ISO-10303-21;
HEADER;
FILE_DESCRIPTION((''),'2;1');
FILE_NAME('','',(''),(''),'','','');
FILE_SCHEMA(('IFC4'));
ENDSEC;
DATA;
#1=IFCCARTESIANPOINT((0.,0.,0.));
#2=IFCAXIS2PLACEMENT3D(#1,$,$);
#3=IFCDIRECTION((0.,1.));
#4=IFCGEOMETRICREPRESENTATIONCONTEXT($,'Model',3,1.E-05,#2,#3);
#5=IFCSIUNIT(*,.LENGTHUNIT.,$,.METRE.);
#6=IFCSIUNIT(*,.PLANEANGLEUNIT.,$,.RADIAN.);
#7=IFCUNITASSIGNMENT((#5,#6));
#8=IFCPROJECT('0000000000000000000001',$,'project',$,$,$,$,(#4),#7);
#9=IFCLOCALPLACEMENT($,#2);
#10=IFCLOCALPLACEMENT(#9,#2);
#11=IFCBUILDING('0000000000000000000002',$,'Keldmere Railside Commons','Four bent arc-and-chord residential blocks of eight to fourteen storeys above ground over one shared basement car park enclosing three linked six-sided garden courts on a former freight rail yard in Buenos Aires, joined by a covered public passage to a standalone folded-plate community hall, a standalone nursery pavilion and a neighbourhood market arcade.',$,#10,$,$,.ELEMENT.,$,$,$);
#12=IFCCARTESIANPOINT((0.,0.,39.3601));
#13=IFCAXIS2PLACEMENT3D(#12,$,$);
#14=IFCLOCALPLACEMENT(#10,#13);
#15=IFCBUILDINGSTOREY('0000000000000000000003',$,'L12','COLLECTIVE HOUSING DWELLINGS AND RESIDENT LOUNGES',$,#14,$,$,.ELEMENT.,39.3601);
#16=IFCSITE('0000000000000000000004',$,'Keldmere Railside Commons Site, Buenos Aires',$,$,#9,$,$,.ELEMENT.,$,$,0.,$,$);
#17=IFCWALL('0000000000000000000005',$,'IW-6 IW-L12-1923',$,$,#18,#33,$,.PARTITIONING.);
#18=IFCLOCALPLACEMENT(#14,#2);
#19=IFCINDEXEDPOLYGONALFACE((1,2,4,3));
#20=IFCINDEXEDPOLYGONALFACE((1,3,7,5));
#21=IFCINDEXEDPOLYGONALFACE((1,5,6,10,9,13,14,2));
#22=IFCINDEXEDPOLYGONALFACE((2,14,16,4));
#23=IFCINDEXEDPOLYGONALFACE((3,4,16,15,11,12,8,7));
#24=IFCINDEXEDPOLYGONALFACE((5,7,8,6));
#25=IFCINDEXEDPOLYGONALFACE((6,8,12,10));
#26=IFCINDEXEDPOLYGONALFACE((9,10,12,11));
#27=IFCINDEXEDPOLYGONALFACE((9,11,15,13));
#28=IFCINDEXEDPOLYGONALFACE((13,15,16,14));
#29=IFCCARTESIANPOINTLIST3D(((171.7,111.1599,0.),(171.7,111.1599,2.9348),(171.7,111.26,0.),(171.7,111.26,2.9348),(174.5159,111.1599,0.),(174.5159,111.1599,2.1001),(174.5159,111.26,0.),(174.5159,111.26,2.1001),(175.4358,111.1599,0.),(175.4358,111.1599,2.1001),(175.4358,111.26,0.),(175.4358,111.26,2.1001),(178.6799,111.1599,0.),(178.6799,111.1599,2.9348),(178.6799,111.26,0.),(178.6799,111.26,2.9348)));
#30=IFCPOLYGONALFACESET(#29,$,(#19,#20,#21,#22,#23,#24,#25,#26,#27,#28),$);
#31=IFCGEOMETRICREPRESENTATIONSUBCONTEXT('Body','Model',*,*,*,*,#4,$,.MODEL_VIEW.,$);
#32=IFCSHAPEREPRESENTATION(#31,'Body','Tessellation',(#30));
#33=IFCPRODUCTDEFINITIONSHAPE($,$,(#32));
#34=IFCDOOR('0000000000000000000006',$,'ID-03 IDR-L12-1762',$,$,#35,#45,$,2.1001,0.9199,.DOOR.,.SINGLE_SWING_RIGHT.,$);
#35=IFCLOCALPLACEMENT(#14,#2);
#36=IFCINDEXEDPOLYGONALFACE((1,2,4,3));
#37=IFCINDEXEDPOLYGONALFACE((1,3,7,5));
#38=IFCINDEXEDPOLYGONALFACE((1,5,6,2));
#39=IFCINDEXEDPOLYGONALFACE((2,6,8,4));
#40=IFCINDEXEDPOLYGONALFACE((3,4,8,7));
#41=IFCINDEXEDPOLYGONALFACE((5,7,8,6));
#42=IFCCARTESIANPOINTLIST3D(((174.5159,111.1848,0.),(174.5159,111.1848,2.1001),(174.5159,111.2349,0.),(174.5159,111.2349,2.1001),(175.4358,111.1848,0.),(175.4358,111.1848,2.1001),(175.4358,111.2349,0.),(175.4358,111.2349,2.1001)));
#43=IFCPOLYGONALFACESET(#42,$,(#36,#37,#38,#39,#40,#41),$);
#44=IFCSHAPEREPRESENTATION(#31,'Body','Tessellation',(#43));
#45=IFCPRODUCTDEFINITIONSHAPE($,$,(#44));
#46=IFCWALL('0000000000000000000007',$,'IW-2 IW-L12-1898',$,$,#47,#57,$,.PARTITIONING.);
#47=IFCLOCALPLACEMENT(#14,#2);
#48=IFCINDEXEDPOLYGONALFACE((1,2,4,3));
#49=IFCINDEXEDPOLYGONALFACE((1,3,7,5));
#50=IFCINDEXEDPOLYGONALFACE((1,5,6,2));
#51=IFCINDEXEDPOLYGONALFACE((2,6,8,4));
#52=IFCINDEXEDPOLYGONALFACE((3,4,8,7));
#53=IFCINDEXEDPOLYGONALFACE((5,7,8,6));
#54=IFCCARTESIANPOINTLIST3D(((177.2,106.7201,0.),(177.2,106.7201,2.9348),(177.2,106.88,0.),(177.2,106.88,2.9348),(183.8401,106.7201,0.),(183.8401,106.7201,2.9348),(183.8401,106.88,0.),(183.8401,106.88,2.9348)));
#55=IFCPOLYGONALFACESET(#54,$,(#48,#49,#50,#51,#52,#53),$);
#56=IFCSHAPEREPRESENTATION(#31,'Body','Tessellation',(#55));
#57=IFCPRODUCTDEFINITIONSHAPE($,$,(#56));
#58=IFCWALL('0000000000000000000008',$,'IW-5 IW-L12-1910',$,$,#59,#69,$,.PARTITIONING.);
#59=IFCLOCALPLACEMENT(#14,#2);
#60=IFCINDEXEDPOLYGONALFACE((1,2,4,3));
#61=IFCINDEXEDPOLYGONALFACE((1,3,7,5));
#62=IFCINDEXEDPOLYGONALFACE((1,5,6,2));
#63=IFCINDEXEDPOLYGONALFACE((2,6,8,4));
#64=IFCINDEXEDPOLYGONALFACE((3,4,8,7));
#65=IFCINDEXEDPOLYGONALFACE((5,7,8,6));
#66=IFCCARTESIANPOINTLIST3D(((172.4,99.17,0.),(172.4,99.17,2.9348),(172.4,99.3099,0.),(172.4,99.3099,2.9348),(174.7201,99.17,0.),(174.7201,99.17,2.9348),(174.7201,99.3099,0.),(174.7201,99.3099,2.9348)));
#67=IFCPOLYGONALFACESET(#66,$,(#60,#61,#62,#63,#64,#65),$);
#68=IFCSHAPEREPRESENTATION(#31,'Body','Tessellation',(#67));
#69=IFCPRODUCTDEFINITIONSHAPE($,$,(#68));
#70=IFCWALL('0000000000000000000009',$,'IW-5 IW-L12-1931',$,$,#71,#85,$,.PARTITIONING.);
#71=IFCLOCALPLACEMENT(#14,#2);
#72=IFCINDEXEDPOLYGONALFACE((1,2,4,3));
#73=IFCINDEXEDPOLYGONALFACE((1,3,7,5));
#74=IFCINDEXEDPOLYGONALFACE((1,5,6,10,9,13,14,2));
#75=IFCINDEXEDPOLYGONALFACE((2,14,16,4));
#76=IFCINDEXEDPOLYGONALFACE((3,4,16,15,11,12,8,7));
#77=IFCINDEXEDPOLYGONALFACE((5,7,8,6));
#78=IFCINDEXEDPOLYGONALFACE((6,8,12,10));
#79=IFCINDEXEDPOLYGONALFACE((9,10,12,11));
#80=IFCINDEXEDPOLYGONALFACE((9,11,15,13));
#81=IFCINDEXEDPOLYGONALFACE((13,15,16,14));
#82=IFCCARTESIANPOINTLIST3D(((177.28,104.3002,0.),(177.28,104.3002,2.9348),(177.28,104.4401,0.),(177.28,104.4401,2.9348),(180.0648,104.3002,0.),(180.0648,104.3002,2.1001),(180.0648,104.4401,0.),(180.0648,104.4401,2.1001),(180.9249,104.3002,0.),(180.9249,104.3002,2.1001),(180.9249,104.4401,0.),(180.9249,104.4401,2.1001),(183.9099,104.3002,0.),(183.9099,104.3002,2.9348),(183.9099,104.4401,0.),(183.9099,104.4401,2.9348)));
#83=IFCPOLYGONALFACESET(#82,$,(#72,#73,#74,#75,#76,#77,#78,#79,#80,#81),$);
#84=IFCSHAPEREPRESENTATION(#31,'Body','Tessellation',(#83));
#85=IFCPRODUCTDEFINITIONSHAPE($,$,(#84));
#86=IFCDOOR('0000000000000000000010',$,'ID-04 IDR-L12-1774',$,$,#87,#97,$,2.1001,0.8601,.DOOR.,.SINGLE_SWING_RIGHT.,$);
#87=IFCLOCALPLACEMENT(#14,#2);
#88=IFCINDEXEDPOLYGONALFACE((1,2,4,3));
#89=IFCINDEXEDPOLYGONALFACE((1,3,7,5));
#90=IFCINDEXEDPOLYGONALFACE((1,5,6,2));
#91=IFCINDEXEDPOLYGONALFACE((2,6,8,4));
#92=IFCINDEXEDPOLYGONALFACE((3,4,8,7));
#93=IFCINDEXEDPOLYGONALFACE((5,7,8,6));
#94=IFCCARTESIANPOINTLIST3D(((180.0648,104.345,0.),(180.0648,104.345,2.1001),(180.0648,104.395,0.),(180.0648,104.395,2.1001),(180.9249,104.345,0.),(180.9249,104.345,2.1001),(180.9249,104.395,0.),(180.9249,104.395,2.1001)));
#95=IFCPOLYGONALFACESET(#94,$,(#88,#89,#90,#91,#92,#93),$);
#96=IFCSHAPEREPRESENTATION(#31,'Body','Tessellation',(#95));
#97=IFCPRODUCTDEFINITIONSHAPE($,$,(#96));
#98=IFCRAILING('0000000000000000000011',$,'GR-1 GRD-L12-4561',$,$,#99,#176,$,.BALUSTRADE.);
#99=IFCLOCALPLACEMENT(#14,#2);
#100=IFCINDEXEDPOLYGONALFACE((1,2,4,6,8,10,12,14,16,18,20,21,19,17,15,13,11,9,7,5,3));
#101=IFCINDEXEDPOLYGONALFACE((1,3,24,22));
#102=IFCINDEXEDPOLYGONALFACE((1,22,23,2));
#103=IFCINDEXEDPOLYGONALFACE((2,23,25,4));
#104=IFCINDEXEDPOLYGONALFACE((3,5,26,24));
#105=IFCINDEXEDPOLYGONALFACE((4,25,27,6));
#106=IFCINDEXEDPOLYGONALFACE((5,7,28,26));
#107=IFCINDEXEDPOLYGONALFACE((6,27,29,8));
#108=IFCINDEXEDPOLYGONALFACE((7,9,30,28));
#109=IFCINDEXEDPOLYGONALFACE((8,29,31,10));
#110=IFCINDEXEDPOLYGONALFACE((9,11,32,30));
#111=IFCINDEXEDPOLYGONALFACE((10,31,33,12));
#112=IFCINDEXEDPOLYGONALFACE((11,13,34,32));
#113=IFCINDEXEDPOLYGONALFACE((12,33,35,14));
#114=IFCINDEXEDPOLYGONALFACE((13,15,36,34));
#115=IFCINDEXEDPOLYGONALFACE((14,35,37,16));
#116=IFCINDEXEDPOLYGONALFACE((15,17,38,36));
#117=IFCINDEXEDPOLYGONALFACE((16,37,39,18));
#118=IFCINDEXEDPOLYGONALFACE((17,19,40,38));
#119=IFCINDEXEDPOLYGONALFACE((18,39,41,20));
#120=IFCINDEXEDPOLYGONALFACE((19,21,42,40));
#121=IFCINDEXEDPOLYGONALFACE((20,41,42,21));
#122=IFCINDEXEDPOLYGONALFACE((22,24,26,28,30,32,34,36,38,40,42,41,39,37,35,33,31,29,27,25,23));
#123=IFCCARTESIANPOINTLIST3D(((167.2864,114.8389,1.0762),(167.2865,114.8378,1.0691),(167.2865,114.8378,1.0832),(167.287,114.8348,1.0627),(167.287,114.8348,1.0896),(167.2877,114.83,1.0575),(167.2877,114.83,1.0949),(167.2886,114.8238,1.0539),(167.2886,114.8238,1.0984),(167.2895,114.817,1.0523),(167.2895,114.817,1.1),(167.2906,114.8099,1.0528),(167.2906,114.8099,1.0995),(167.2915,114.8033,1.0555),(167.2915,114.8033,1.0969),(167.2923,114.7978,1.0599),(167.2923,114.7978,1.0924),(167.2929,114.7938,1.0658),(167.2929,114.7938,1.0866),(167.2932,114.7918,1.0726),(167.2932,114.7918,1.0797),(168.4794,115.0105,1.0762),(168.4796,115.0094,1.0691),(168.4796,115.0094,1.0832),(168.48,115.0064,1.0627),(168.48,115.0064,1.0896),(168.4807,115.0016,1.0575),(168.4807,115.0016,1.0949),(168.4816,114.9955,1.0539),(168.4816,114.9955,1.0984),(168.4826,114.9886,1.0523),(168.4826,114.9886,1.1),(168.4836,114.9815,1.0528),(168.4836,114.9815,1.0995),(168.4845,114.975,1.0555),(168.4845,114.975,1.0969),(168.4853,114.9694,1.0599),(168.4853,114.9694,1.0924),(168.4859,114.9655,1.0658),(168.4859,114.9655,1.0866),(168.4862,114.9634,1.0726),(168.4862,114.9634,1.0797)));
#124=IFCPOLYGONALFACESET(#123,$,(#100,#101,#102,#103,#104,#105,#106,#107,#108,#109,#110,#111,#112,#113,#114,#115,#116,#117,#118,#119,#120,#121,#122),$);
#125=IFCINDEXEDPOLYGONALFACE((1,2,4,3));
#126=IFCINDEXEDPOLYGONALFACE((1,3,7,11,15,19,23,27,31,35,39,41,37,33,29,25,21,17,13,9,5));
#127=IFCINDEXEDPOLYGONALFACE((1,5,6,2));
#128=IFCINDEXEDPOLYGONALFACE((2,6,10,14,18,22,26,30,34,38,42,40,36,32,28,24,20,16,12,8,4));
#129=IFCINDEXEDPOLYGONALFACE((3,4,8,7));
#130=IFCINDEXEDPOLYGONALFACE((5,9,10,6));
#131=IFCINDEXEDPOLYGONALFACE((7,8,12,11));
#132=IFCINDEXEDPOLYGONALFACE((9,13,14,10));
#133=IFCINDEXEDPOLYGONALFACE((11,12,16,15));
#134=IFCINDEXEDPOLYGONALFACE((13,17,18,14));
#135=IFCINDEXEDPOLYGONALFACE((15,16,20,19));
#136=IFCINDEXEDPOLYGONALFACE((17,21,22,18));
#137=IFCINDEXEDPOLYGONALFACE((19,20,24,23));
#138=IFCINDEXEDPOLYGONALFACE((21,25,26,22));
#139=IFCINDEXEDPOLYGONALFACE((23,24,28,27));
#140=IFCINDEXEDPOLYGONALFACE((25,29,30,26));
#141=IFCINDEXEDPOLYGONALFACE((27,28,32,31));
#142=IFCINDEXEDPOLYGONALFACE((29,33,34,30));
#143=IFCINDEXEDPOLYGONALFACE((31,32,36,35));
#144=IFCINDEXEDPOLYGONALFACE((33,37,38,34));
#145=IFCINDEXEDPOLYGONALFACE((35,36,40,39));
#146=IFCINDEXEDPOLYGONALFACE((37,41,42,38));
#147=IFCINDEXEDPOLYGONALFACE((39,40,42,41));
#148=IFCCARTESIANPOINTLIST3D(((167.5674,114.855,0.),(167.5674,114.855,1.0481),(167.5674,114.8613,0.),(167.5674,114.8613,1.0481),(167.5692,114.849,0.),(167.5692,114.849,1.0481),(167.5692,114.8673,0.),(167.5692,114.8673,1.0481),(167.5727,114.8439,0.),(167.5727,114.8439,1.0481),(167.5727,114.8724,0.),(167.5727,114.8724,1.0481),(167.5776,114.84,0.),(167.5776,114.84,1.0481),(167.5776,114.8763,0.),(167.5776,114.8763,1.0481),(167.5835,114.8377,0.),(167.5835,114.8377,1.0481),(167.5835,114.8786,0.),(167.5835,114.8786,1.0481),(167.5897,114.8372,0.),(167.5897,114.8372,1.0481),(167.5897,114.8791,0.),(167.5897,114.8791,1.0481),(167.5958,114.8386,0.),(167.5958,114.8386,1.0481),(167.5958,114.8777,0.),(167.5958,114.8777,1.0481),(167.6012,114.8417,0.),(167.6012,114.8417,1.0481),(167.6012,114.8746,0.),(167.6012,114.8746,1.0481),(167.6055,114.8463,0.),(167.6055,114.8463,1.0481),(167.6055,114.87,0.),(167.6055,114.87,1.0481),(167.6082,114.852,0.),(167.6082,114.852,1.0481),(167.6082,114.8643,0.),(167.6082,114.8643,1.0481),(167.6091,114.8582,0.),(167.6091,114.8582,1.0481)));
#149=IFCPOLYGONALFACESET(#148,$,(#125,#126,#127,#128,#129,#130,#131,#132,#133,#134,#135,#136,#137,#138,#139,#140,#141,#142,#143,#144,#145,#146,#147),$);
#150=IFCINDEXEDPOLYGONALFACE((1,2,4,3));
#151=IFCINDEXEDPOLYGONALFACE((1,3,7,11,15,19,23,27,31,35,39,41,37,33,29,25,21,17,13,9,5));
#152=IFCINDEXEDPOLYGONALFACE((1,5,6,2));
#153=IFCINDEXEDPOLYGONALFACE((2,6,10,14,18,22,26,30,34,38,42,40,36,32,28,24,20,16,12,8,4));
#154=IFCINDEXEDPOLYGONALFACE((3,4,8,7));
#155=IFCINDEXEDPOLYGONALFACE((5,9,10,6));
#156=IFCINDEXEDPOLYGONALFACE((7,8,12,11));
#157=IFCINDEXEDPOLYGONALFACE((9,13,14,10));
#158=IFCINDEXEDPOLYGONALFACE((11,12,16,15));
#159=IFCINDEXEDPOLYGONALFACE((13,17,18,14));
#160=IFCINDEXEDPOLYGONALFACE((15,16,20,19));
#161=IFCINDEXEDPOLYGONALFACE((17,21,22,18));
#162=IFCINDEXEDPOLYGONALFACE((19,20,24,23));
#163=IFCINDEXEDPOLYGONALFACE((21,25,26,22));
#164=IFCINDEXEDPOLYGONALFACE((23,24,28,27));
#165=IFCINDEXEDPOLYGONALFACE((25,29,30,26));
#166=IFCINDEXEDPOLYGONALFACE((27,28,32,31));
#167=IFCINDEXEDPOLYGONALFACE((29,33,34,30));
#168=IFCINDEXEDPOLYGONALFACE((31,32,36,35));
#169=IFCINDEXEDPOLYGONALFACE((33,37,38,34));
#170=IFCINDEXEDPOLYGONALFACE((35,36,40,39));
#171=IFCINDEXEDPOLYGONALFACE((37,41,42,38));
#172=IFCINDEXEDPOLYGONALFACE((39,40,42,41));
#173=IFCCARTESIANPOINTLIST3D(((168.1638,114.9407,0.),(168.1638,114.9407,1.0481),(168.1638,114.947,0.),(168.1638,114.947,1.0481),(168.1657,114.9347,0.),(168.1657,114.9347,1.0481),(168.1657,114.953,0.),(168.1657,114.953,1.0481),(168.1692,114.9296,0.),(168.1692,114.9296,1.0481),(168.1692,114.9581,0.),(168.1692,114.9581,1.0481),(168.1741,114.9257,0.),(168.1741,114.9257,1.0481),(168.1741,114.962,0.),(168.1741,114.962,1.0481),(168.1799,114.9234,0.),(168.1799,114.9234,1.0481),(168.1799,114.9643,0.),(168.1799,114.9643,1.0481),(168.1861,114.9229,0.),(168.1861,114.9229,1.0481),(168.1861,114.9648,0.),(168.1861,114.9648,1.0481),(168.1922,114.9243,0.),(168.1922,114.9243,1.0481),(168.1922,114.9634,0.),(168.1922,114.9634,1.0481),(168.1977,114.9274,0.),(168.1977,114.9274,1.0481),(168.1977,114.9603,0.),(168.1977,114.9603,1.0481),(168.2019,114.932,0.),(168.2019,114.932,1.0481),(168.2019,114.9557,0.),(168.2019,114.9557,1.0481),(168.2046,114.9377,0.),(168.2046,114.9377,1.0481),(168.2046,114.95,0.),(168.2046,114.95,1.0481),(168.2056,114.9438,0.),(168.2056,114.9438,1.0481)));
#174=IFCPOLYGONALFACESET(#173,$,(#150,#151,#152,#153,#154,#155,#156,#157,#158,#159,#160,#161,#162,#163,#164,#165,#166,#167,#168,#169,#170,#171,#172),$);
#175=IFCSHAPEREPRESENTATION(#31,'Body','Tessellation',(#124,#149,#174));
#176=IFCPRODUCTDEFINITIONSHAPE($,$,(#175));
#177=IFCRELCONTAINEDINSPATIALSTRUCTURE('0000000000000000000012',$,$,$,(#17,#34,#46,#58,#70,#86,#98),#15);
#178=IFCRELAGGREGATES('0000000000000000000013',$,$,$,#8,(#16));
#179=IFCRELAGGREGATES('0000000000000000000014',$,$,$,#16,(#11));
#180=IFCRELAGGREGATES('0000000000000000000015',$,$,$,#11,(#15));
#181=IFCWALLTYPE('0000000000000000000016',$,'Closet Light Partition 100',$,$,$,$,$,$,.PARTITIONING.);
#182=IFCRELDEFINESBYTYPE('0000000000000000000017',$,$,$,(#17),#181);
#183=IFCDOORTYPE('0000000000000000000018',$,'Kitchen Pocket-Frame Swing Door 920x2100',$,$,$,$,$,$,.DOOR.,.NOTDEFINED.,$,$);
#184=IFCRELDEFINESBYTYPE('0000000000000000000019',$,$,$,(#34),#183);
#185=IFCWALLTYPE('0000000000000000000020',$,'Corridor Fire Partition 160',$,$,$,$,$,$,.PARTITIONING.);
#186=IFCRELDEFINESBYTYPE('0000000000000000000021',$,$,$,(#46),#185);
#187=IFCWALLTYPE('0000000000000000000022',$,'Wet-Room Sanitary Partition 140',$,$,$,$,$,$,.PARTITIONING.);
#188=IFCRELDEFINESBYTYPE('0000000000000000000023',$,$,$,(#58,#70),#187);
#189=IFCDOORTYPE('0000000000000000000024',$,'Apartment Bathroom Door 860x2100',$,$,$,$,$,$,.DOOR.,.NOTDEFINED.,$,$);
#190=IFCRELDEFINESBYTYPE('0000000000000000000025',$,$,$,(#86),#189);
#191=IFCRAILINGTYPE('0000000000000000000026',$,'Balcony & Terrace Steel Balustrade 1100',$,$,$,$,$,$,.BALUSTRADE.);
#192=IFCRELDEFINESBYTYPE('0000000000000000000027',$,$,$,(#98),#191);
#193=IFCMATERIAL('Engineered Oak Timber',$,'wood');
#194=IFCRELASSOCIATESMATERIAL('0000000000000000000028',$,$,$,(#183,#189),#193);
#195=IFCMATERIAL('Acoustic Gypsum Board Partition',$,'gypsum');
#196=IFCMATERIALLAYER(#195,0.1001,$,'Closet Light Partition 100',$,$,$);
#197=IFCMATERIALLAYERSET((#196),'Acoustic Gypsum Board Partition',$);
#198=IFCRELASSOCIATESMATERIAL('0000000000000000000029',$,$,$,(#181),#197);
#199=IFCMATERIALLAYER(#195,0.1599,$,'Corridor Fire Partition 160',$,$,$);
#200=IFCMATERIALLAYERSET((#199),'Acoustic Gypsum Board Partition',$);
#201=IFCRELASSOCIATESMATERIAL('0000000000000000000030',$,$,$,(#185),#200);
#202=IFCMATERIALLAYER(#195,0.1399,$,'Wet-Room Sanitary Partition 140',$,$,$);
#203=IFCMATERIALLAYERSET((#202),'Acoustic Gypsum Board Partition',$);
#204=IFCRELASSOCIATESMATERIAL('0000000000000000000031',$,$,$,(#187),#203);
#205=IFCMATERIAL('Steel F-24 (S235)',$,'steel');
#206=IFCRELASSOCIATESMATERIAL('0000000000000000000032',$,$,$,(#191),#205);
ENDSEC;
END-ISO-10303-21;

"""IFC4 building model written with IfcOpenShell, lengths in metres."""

from ifc_helpers import new_model, si_unit, direction, frame, frame_2d, origin, origin_2d, place, context, subcontext, project, spatial, rectangle, circle, extrude, material, layer, layer_set, type_object, element, fill, save


model = new_model("IFC4")

# Units and contexts
model_context = context("Model", 3, precision=1e-05, world=origin(), true_north=direction((0.0, 1.0)))
body_context = subcontext(model_context, "Body", "Model", "MODEL_VIEW")
ifc_project = project(units=[si_unit("LENGTHUNIT", "METRE"), si_unit("PLANEANGLEUNIT", "RADIAN")], contexts=[model_context])

# Site, building, storey
site_placement = place(None, origin())
site = spatial("IfcSite", under=ifc_project, at=site_placement, Name="Keldmere Railside Commons Site, Buenos Aires", CompositionType="ELEMENT", RefElevation=0.0)
building_placement = place(site_placement, origin())
building = spatial("IfcBuilding", under=site, at=building_placement, Name="Keldmere Railside Commons", Description="Four bent arc-and-chord residential blocks of eight to fourteen storeys above ground over one shared basement car park enclosing three linked six-sided garden courts on a former freight rail yard in Buenos Aires, joined by a covered public passage to a standalone folded-plate community hall, a standalone nursery pavilion and a neighbourhood market arcade.", CompositionType="ELEMENT")
storey_placement = place(building_placement, frame((0.0, 0.0, 39.3601)))
storey = spatial("IfcBuildingStorey", under=building, at=storey_placement, Name="L12", Description="COLLECTIVE HOUSING DWELLINGS AND RESIDENT LOUNGES", CompositionType="ELEMENT", Elevation=39.3601)

# Shared definitions
ifc_material_1 = material(Name="Acoustic Gypsum Board Partition", Category="gypsum")

# Wall, opening, door
ifc_material_2 = material(Name="Engineered Oak Timber", Category="wood")
door_type_1 = type_object("IfcDoorType", Name="Kitchen Pocket-Frame Swing Door 920x2100", OperationType="NOTDEFINED", PredefinedType="DOOR", material=ifc_material_2)
ifc_layer_1 = layer(ifc_material_1, 0.1001, Name="Closet Light Partition 100")
ifc_layer_set_1 = layer_set([ifc_layer_1], Name="Acoustic Gypsum Board Partition")
wall_type_1 = type_object("IfcWallType", Name="Closet Light Partition 100", PredefinedType="PARTITIONING", material=ifc_layer_set_1)
wall_1_placement = place(storey_placement, frame((171.7, 111.21, 0.0), z_axis=(0.0, 0.0, 1.0), x_axis=(1.0, 0.0, 0.0)))
wall_1 = element("IfcWall", 1, at=wall_1_placement, inside=storey, type_object=wall_type_1, Name="IW-6 IW-L12-1923", PredefinedType="PARTITIONING", context=body_context, shape_type="SweptSolid", body=[
    extrude(rectangle(XDim=6.98, YDim=0.1001, at=frame_2d((3.49, 0.0))), origin(), (0.0, 0.0, 1.0), 2.9348),
])
opening_1_placement = place(wall_1_placement, frame((2.8159, 0.0, 0.0)))
opening_1 = element("IfcOpeningElement", 2, at=opening_1_placement, cuts=wall_1, PredefinedType="OPENING", context=body_context, shape_type="SweptSolid", body=[
    extrude(rectangle(XDim=0.9199, YDim=2.1001, at=frame_2d((0.46, 1.05))), frame((0.0, 0.0601, 0.0), z_axis=(0.0, -1.0, 0.0), x_axis=(1.0, 0.0, 0.0)), (0.0, 0.0, 1.0), 0.1201),
])
door_1_placement = place(opening_1_placement, origin())
door_1 = element("IfcDoor", 3, at=door_1_placement, inside=storey, type_object=door_type_1, Name="ID-03 IDR-L12-1762", OperationType="SINGLE_SWING_RIGHT", OverallHeight=2.1001, OverallWidth=0.9199, PredefinedType="DOOR", context=body_context, shape_type="SweptSolid", body=[
    extrude(rectangle(XDim=0.9199, YDim=2.1001, at=frame_2d((0.46, 1.05))), frame((0.0, 0.0249, 0.0), z_axis=(0.0, -1.0, 0.0), x_axis=(1.0, 0.0, 0.0)), (0.0, 0.0, 1.0), 0.05),
])
fill(opening_1, door_1)

# Walls
ifc_layer_2 = layer(ifc_material_1, 0.1599, Name="Corridor Fire Partition 160")
ifc_layer_set_2 = layer_set([ifc_layer_2], Name="Acoustic Gypsum Board Partition")
wall_type_2 = type_object("IfcWallType", Name="Corridor Fire Partition 160", PredefinedType="PARTITIONING", material=ifc_layer_set_2)
wall_2_placement = place(storey_placement, frame((177.2, 106.8, 0.0), z_axis=(0.0, 0.0, 1.0), x_axis=(1.0, 0.0, 0.0)))
element("IfcWall", 4, at=wall_2_placement, inside=storey, type_object=wall_type_2, Name="IW-2 IW-L12-1898", PredefinedType="PARTITIONING", context=body_context, shape_type="SweptSolid", body=[
    extrude(rectangle(XDim=6.6401, YDim=0.1599, at=frame_2d((3.3201, 0.0))), origin(), (0.0, 0.0, 1.0), 2.9348),
])
ifc_layer_3 = layer(ifc_material_1, 0.1399, Name="Wet-Room Sanitary Partition 140")
ifc_layer_set_3 = layer_set([ifc_layer_3], Name="Acoustic Gypsum Board Partition")
wall_type_3 = type_object("IfcWallType", Name="Wet-Room Sanitary Partition 140", PredefinedType="PARTITIONING", material=ifc_layer_set_3)
wall_3_placement = place(storey_placement, frame((172.3999, 99.24, 0.0), z_axis=(0.0, 0.0, 1.0), x_axis=(1.0, 0.0, 0.0)))
element("IfcWall", 5, at=wall_3_placement, inside=storey, type_object=wall_type_3, Name="IW-5 IW-L12-1910", PredefinedType="PARTITIONING", context=body_context, shape_type="SweptSolid", body=[
    extrude(rectangle(XDim=2.3201, YDim=0.1399, at=frame_2d((1.1602, 0.0))), origin(), (0.0, 0.0, 1.0), 2.9348),
])

# Wall, opening, door
wall_4_placement = place(storey_placement, frame((177.28, 104.3701, 0.0), z_axis=(0.0, 0.0, 1.0), x_axis=(1.0, 0.0, 0.0)))
wall_4 = element("IfcWall", 6, at=wall_4_placement, inside=storey, type_object=wall_type_3, Name="IW-5 IW-L12-1931", PredefinedType="PARTITIONING", context=body_context, shape_type="SweptSolid", body=[
    extrude(rectangle(XDim=6.6299, YDim=0.1399, at=frame_2d((3.3149, 0.0))), origin(), (0.0, 0.0, 1.0), 2.9348),
])
opening_2_placement = place(wall_4_placement, frame((2.7847, 0.0, 0.0)))
opening_2 = element("IfcOpeningElement", 7, at=opening_2_placement, cuts=wall_4, PredefinedType="OPENING", context=body_context, shape_type="SweptSolid", body=[
    extrude(rectangle(XDim=0.8601, YDim=2.1001, at=frame_2d((0.4302, 1.05))), frame((0.0, 0.0798, 0.0), z_axis=(0.0, -1.0, 0.0), x_axis=(1.0, 0.0, 0.0)), (0.0, 0.0, 1.0), 0.1599),
])
door_type_2 = type_object("IfcDoorType", Name="Apartment Bathroom Door 860x2100", OperationType="NOTDEFINED", PredefinedType="DOOR", material=ifc_material_2)
door_2_placement = place(opening_2_placement, origin())
door_2 = element("IfcDoor", 8, at=door_2_placement, inside=storey, type_object=door_type_2, Name="ID-04 IDR-L12-1774", OperationType="SINGLE_SWING_RIGHT", OverallHeight=2.1001, OverallWidth=0.8601, PredefinedType="DOOR", context=body_context, shape_type="SweptSolid", body=[
    extrude(rectangle(XDim=0.8601, YDim=2.1001, at=frame_2d((0.4302, 1.05))), frame((0.0, 0.0249, 0.0), z_axis=(0.0, -1.0, 0.0), x_axis=(1.0, 0.0, 0.0)), (0.0, 0.0, 1.0), 0.05),
])
fill(opening_2, door_2)

# Railing
ifc_material_3 = material(Name="Steel F-24 (S235)", Category="steel")
railing_type = type_object("IfcRailingType", Name="Balcony & Terrace Steel Balustrade 1100", PredefinedType="BALUSTRADE", material=ifc_material_3)
railing_1_placement = place(storey_placement, frame((167.2898, 114.8152, 0.0)))
element("IfcRailing", 9, at=railing_1_placement, inside=storey, type_object=railing_type, Name="GR-1 GRD-L12-4561", PredefinedType="BALUSTRADE", context=body_context, shape_type="SweptSolid", body=[
    extrude(circle(Radius=0.0239, at=origin_2d()), frame((0.0, 0.0, 1.0762), z_axis=(0.989811, 0.142385, 0.0), x_axis=(-0.142385, 0.989811, 0.0)), (0.0, 0.0, 1.0), 1.2053),
    extrude(circle(Radius=0.021, at=origin_2d()), frame((0.2983, 0.043, 0.0)), (0.0, 0.0, 1.0), 1.0481),
    extrude(circle(Radius=0.021, at=origin_2d()), frame((0.8948, 0.1287, 0.0)), (0.0, 0.0, 1.0), 1.0481),
])

save(model, "model.ifc")
